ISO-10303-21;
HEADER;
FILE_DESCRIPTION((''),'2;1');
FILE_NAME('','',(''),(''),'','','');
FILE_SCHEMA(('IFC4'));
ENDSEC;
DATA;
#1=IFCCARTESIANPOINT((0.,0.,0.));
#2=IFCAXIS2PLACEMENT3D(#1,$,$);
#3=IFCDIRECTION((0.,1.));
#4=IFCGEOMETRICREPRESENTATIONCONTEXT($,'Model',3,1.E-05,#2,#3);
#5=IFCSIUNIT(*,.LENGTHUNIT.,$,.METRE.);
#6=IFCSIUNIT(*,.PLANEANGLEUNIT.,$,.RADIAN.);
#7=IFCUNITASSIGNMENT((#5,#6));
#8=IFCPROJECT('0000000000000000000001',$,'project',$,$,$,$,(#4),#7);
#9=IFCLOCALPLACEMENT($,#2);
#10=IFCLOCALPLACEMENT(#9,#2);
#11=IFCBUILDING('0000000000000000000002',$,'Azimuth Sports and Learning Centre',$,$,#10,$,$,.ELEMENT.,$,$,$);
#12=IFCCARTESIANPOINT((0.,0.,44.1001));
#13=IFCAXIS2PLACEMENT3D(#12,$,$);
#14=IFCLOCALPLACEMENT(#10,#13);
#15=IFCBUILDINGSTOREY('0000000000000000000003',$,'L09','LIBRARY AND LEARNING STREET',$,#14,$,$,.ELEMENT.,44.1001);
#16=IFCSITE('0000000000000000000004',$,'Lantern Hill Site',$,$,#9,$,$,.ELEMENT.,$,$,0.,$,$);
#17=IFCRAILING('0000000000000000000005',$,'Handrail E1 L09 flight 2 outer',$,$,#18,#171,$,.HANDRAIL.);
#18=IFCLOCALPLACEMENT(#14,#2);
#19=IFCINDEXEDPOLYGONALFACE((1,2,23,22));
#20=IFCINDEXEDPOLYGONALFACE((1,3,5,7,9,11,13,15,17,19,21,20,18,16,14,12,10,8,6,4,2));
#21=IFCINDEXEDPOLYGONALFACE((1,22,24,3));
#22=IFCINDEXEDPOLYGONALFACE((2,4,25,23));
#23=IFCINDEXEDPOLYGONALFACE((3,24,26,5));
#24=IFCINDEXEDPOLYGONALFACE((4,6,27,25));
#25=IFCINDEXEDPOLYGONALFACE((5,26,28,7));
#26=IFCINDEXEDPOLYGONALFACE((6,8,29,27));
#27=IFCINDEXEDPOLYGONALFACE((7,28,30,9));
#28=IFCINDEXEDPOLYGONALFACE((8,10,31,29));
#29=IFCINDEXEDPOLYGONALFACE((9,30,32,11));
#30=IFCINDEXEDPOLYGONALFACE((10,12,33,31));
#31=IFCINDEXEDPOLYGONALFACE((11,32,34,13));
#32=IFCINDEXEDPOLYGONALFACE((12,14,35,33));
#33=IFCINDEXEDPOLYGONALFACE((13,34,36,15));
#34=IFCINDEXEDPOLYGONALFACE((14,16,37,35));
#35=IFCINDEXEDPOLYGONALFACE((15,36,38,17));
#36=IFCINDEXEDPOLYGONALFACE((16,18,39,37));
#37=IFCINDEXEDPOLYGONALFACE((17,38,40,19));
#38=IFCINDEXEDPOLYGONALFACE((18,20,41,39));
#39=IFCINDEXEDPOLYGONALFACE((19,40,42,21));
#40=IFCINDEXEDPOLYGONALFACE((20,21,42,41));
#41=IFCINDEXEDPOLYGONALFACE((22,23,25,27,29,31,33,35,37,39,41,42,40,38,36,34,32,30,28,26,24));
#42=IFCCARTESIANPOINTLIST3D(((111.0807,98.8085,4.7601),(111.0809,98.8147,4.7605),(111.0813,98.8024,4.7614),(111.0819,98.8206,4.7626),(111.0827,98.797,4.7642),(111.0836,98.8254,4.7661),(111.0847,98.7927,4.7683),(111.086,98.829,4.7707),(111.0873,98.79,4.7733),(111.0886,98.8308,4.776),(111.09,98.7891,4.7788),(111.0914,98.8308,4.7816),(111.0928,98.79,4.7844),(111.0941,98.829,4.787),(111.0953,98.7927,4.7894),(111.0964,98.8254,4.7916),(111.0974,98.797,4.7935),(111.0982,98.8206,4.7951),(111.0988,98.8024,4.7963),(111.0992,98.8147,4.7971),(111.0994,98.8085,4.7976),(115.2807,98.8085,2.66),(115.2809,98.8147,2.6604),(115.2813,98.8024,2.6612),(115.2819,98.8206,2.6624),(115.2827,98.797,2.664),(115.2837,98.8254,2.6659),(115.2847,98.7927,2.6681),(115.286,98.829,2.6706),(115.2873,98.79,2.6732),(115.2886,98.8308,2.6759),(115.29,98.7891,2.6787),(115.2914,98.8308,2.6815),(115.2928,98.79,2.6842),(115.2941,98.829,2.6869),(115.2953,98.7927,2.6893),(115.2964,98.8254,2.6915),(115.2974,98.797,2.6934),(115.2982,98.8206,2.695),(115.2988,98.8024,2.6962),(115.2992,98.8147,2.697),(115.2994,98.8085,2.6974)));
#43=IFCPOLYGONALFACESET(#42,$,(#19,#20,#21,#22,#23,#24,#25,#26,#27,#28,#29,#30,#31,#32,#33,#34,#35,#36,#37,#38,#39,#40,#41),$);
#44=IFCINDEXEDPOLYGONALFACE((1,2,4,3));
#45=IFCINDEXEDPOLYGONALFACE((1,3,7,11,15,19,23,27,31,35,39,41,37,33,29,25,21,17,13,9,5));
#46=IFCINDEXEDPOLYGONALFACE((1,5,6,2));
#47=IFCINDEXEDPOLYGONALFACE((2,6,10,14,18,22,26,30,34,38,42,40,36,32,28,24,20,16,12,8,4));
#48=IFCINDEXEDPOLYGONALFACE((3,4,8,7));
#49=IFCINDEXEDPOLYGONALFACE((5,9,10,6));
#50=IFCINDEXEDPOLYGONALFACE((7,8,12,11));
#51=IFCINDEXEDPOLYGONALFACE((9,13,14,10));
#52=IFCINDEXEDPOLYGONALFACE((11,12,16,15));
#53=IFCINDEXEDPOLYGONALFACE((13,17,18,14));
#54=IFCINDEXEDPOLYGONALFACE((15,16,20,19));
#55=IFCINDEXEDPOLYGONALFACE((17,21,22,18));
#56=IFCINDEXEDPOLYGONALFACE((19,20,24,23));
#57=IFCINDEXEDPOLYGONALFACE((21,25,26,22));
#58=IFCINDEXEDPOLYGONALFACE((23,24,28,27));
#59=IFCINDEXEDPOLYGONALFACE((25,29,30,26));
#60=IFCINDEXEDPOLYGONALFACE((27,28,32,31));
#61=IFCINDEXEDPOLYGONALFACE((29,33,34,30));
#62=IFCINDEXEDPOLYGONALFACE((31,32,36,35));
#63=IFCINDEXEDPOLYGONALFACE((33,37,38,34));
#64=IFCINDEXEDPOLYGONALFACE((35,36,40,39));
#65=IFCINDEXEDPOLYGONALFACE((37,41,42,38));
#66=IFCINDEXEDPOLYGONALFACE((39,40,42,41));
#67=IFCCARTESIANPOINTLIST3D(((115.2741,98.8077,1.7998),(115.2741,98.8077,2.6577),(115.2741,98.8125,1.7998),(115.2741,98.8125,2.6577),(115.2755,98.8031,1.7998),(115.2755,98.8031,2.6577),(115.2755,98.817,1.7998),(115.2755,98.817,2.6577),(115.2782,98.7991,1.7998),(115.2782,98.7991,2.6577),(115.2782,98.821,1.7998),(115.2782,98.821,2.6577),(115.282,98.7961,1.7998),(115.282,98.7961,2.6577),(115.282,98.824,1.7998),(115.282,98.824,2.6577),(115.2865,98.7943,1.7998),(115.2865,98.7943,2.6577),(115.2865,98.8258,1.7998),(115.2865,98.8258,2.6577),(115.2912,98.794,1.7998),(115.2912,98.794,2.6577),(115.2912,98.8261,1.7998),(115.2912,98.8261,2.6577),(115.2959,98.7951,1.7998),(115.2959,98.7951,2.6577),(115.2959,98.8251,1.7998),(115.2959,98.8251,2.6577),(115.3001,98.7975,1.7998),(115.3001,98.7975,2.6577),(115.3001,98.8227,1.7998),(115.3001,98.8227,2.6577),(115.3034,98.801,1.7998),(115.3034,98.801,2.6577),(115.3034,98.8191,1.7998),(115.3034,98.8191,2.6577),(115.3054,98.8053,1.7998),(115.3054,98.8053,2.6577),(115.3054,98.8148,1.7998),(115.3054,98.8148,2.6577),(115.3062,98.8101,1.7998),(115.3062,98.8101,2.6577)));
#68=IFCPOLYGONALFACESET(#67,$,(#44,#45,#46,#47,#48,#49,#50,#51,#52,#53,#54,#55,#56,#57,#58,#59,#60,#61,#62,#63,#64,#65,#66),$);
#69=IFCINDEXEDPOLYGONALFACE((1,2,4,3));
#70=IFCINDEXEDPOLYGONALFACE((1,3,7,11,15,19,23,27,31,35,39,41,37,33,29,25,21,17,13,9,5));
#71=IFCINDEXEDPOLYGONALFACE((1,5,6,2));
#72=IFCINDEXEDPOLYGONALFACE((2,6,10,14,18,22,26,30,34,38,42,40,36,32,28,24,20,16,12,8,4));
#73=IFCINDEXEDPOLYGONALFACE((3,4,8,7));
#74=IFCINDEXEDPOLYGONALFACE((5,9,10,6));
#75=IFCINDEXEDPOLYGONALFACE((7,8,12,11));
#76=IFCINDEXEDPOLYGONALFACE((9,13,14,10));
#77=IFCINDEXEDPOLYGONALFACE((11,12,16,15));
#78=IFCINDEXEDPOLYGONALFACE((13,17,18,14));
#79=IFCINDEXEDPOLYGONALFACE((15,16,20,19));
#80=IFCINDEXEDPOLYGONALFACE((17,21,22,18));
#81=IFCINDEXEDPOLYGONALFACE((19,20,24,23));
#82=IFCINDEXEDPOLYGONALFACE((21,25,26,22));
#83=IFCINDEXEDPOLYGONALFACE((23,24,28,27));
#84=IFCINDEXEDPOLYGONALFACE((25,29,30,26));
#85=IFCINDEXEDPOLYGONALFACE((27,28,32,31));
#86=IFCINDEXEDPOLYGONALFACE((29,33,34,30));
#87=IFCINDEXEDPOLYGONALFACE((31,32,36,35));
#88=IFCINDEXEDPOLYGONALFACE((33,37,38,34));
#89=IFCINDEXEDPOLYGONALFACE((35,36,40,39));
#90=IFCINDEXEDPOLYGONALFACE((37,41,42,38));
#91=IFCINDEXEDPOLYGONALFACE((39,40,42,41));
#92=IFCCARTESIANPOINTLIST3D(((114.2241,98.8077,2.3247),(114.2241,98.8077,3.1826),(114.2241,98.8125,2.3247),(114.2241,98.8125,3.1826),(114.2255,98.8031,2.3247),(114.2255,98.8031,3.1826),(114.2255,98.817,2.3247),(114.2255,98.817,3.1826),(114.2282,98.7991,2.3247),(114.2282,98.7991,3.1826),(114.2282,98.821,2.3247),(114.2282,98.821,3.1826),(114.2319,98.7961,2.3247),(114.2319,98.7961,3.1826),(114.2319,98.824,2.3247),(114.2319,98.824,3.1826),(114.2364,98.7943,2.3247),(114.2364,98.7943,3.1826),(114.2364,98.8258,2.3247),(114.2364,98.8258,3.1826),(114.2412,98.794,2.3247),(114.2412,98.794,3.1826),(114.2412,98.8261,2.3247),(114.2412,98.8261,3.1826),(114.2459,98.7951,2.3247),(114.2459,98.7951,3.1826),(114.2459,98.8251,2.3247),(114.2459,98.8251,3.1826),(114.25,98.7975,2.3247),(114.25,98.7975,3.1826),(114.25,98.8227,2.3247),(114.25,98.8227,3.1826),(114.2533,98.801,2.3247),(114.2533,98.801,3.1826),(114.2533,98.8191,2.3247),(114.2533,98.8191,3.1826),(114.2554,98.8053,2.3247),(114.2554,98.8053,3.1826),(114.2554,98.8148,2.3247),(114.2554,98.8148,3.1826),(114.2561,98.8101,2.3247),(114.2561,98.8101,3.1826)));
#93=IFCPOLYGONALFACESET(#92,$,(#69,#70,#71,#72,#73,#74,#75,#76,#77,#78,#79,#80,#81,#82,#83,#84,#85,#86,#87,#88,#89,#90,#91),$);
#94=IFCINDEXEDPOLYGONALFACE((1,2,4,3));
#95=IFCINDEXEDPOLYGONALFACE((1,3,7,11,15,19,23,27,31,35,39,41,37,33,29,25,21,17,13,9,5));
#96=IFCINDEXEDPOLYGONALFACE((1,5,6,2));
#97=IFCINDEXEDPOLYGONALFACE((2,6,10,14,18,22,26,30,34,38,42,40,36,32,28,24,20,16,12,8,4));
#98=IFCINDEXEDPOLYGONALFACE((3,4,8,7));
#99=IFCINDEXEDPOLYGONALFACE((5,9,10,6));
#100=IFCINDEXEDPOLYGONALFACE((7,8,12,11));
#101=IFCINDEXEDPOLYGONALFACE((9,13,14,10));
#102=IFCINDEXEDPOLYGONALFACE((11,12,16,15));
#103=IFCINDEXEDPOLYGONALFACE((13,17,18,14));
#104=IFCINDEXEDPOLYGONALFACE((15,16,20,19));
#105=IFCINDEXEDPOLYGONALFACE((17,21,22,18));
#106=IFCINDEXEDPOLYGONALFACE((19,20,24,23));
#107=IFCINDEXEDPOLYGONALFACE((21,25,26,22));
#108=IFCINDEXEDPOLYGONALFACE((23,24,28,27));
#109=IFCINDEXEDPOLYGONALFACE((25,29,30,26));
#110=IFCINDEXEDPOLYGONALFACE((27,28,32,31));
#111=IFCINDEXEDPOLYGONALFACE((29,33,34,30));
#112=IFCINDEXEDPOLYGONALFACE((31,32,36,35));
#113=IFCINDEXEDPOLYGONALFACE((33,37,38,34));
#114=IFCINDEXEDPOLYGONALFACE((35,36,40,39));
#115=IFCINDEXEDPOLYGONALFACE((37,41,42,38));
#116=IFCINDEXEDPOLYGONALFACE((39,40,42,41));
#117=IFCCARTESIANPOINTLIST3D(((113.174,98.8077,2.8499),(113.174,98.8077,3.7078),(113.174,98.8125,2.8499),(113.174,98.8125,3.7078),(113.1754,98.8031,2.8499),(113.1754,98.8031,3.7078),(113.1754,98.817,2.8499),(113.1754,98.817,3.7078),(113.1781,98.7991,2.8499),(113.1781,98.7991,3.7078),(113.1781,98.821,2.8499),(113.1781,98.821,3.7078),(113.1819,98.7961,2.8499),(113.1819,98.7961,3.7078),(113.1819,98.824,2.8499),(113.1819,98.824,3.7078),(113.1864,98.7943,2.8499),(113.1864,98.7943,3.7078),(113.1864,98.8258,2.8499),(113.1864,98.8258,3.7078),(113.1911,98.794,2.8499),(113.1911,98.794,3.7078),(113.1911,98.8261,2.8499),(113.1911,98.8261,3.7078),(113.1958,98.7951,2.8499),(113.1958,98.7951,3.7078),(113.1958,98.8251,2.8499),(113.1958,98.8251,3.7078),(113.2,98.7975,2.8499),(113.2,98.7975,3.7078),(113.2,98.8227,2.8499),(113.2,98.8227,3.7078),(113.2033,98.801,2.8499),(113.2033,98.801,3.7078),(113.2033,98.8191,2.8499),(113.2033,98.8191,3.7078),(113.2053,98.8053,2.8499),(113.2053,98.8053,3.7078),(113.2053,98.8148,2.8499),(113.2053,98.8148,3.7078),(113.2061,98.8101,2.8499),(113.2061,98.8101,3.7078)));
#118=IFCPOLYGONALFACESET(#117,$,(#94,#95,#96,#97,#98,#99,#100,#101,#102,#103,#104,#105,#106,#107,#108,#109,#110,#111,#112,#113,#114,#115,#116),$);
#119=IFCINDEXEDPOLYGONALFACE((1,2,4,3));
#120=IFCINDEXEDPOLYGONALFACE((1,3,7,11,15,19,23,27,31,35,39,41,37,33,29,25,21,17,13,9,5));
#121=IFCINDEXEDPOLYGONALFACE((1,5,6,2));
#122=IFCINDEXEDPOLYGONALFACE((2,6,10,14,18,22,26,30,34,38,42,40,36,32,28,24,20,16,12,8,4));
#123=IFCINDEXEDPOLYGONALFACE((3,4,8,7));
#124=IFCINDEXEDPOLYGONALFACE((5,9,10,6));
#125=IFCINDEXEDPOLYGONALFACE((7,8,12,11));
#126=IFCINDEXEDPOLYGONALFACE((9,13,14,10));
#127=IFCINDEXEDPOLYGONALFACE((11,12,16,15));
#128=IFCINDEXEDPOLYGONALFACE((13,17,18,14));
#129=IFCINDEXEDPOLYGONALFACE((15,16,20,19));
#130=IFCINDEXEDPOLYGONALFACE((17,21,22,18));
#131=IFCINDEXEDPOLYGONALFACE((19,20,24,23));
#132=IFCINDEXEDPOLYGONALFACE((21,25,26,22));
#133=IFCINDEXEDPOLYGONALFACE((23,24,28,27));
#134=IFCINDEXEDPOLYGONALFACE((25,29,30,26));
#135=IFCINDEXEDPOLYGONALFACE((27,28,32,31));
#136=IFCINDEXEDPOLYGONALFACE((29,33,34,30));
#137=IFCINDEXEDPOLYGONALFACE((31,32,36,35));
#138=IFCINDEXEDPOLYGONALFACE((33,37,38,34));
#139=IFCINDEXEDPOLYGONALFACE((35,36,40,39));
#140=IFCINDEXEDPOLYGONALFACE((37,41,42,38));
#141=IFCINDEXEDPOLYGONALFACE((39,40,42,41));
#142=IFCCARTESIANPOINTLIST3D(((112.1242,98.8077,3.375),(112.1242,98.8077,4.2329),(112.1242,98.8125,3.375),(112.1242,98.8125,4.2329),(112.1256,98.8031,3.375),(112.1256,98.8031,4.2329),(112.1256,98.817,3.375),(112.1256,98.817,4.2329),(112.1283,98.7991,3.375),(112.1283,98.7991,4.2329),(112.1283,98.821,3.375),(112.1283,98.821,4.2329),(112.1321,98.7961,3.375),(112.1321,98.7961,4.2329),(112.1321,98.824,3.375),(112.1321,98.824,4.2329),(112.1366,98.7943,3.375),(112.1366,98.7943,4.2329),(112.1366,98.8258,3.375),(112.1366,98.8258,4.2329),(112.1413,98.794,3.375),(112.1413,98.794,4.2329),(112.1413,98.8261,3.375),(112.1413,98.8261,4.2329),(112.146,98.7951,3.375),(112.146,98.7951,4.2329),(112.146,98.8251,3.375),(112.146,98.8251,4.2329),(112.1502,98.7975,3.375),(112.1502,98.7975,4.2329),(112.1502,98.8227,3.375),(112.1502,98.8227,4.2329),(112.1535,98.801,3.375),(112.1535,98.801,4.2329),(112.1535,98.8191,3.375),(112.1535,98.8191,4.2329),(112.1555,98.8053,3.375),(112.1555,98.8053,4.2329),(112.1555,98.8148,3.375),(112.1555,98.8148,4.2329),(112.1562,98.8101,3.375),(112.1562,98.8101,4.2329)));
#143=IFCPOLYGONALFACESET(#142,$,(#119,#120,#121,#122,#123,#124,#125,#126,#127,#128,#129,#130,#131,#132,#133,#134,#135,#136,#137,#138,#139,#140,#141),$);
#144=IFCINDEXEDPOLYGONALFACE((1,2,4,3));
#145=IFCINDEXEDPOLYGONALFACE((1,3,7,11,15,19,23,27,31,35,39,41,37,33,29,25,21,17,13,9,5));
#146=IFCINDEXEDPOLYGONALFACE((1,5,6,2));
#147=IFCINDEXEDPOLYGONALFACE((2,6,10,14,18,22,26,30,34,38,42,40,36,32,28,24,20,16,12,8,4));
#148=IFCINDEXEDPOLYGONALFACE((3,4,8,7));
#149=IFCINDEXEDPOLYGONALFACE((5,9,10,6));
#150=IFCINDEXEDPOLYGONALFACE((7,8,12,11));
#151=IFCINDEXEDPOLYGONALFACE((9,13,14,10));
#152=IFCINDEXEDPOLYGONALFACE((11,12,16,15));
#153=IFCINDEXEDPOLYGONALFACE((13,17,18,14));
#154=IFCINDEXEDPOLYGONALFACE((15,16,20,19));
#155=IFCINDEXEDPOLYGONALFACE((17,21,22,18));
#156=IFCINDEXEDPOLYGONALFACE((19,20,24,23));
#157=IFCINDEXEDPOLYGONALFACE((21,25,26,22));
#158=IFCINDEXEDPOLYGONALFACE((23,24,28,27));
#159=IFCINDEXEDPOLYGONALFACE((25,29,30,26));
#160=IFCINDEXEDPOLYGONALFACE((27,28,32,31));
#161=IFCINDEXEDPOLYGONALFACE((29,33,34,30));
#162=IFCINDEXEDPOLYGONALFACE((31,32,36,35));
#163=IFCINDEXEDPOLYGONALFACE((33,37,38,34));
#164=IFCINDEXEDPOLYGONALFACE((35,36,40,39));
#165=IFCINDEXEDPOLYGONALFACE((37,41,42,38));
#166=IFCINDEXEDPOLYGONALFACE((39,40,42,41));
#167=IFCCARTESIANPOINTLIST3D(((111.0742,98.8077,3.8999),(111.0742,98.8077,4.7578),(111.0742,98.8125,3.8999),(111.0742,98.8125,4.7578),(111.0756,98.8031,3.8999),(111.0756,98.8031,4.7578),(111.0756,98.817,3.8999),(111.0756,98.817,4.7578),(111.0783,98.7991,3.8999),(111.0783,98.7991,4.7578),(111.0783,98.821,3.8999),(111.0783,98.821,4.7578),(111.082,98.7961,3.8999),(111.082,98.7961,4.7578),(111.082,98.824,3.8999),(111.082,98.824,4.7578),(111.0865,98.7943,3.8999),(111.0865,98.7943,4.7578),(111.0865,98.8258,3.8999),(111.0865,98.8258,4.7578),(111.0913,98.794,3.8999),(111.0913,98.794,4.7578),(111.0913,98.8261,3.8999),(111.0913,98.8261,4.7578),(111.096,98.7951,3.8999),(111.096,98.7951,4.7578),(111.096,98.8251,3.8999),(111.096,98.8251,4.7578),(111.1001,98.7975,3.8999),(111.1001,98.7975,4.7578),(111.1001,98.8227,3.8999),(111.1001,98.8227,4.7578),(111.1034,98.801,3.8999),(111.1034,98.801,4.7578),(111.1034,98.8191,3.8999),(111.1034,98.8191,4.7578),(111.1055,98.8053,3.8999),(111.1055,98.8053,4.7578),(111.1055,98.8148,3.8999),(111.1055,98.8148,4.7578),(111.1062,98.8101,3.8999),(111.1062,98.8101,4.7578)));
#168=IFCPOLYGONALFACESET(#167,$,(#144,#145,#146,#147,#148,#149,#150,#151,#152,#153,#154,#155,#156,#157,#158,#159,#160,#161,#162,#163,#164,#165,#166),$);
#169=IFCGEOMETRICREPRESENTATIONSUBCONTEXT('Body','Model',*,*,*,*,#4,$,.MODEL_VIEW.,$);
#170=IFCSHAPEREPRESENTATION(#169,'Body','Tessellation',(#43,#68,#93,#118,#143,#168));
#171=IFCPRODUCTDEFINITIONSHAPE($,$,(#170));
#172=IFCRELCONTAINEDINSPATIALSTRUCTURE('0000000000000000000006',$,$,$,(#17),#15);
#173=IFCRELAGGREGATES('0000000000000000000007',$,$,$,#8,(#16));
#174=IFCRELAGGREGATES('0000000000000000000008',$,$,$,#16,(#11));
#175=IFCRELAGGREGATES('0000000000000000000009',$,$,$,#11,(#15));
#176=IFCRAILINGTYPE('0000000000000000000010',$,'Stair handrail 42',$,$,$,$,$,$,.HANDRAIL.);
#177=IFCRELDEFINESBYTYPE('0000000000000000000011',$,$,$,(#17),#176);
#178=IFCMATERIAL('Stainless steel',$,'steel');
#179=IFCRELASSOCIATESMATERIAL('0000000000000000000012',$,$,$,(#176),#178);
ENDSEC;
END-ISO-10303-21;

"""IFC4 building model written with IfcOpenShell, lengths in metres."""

from ifc_helpers import new_model, si_unit, direction, frame, origin, origin_2d, place, context, subcontext, project, spatial, circle, extrude, material, type_object, element, save


model = new_model("IFC4")

# Units and contexts
model_context = context("Model", 3, precision=1e-05, world=origin(), true_north=direction((0.0, 1.0)))
body_context = subcontext(model_context, "Body", "Model", "MODEL_VIEW")
ifc_project = project(units=[si_unit("LENGTHUNIT", "METRE"), si_unit("PLANEANGLEUNIT", "RADIAN")], contexts=[model_context])

# Site, building, storey
site_placement = place(None, origin())
site = spatial("IfcSite", under=ifc_project, at=site_placement, Name="Lantern Hill Site", CompositionType="ELEMENT", RefElevation=0.0)
building_placement = place(site_placement, origin())
building = spatial("IfcBuilding", under=site, at=building_placement, Name="Azimuth Sports and Learning Centre", CompositionType="ELEMENT")
storey_placement = place(building_placement, frame((0.0, 0.0, 44.1001)))
storey = spatial("IfcBuildingStorey", under=building, at=storey_placement, Name="L09", Description="LIBRARY AND LEARNING STREET", CompositionType="ELEMENT", Elevation=44.1001)

# Railing
ifc_material_1 = material(Name="Stainless steel", Category="steel")
railing_type_1 = type_object("IfcRailingType", Name="Stair handrail 42", PredefinedType="HANDRAIL", material=ifc_material_1)
for number, where, name in (
    (1, (115.29, 98.8101, 1.7998), "Handrail E1 L09 flight 2 outer"),
):
    element("IfcRailing", number, at=place(storey_placement, frame(where)), inside=storey, type_object=railing_type_1, Name=name, PredefinedType="HANDRAIL", context=body_context, shape_type="SweptSolid", body=[
        extrude(circle(Radius=0.021, at=origin_2d()), frame((0.0, 0.0, 0.8789), z_axis=(-0.894417, 0.0, 0.447234), x_axis=(0.0, -1.0, 0.0)), (0.0, 0.0, 1.0), 4.6958),
        extrude(circle(Radius=0.0161, at=origin_2d()), origin(), (0.0, 0.0, 1.0), 0.8579),
        extrude(circle(Radius=0.0161, at=origin_2d()), frame((-1.05, 0.0, 0.5249)), (0.0, 0.0, 1.0), 0.8579),
        extrude(circle(Radius=0.0161, at=origin_2d()), frame((-2.1001, 0.0, 1.05)), (0.0, 0.0, 1.0), 0.8579),
        extrude(circle(Radius=0.0161, at=origin_2d()), frame((-3.1499, 0.0, 1.5752)), (0.0, 0.0, 1.0), 0.8579),
        extrude(circle(Radius=0.0161, at=origin_2d()), frame((-4.2, 0.0, 2.1001)), (0.0, 0.0, 1.0), 0.8579),
    ])

save(model, "model.ifc")
